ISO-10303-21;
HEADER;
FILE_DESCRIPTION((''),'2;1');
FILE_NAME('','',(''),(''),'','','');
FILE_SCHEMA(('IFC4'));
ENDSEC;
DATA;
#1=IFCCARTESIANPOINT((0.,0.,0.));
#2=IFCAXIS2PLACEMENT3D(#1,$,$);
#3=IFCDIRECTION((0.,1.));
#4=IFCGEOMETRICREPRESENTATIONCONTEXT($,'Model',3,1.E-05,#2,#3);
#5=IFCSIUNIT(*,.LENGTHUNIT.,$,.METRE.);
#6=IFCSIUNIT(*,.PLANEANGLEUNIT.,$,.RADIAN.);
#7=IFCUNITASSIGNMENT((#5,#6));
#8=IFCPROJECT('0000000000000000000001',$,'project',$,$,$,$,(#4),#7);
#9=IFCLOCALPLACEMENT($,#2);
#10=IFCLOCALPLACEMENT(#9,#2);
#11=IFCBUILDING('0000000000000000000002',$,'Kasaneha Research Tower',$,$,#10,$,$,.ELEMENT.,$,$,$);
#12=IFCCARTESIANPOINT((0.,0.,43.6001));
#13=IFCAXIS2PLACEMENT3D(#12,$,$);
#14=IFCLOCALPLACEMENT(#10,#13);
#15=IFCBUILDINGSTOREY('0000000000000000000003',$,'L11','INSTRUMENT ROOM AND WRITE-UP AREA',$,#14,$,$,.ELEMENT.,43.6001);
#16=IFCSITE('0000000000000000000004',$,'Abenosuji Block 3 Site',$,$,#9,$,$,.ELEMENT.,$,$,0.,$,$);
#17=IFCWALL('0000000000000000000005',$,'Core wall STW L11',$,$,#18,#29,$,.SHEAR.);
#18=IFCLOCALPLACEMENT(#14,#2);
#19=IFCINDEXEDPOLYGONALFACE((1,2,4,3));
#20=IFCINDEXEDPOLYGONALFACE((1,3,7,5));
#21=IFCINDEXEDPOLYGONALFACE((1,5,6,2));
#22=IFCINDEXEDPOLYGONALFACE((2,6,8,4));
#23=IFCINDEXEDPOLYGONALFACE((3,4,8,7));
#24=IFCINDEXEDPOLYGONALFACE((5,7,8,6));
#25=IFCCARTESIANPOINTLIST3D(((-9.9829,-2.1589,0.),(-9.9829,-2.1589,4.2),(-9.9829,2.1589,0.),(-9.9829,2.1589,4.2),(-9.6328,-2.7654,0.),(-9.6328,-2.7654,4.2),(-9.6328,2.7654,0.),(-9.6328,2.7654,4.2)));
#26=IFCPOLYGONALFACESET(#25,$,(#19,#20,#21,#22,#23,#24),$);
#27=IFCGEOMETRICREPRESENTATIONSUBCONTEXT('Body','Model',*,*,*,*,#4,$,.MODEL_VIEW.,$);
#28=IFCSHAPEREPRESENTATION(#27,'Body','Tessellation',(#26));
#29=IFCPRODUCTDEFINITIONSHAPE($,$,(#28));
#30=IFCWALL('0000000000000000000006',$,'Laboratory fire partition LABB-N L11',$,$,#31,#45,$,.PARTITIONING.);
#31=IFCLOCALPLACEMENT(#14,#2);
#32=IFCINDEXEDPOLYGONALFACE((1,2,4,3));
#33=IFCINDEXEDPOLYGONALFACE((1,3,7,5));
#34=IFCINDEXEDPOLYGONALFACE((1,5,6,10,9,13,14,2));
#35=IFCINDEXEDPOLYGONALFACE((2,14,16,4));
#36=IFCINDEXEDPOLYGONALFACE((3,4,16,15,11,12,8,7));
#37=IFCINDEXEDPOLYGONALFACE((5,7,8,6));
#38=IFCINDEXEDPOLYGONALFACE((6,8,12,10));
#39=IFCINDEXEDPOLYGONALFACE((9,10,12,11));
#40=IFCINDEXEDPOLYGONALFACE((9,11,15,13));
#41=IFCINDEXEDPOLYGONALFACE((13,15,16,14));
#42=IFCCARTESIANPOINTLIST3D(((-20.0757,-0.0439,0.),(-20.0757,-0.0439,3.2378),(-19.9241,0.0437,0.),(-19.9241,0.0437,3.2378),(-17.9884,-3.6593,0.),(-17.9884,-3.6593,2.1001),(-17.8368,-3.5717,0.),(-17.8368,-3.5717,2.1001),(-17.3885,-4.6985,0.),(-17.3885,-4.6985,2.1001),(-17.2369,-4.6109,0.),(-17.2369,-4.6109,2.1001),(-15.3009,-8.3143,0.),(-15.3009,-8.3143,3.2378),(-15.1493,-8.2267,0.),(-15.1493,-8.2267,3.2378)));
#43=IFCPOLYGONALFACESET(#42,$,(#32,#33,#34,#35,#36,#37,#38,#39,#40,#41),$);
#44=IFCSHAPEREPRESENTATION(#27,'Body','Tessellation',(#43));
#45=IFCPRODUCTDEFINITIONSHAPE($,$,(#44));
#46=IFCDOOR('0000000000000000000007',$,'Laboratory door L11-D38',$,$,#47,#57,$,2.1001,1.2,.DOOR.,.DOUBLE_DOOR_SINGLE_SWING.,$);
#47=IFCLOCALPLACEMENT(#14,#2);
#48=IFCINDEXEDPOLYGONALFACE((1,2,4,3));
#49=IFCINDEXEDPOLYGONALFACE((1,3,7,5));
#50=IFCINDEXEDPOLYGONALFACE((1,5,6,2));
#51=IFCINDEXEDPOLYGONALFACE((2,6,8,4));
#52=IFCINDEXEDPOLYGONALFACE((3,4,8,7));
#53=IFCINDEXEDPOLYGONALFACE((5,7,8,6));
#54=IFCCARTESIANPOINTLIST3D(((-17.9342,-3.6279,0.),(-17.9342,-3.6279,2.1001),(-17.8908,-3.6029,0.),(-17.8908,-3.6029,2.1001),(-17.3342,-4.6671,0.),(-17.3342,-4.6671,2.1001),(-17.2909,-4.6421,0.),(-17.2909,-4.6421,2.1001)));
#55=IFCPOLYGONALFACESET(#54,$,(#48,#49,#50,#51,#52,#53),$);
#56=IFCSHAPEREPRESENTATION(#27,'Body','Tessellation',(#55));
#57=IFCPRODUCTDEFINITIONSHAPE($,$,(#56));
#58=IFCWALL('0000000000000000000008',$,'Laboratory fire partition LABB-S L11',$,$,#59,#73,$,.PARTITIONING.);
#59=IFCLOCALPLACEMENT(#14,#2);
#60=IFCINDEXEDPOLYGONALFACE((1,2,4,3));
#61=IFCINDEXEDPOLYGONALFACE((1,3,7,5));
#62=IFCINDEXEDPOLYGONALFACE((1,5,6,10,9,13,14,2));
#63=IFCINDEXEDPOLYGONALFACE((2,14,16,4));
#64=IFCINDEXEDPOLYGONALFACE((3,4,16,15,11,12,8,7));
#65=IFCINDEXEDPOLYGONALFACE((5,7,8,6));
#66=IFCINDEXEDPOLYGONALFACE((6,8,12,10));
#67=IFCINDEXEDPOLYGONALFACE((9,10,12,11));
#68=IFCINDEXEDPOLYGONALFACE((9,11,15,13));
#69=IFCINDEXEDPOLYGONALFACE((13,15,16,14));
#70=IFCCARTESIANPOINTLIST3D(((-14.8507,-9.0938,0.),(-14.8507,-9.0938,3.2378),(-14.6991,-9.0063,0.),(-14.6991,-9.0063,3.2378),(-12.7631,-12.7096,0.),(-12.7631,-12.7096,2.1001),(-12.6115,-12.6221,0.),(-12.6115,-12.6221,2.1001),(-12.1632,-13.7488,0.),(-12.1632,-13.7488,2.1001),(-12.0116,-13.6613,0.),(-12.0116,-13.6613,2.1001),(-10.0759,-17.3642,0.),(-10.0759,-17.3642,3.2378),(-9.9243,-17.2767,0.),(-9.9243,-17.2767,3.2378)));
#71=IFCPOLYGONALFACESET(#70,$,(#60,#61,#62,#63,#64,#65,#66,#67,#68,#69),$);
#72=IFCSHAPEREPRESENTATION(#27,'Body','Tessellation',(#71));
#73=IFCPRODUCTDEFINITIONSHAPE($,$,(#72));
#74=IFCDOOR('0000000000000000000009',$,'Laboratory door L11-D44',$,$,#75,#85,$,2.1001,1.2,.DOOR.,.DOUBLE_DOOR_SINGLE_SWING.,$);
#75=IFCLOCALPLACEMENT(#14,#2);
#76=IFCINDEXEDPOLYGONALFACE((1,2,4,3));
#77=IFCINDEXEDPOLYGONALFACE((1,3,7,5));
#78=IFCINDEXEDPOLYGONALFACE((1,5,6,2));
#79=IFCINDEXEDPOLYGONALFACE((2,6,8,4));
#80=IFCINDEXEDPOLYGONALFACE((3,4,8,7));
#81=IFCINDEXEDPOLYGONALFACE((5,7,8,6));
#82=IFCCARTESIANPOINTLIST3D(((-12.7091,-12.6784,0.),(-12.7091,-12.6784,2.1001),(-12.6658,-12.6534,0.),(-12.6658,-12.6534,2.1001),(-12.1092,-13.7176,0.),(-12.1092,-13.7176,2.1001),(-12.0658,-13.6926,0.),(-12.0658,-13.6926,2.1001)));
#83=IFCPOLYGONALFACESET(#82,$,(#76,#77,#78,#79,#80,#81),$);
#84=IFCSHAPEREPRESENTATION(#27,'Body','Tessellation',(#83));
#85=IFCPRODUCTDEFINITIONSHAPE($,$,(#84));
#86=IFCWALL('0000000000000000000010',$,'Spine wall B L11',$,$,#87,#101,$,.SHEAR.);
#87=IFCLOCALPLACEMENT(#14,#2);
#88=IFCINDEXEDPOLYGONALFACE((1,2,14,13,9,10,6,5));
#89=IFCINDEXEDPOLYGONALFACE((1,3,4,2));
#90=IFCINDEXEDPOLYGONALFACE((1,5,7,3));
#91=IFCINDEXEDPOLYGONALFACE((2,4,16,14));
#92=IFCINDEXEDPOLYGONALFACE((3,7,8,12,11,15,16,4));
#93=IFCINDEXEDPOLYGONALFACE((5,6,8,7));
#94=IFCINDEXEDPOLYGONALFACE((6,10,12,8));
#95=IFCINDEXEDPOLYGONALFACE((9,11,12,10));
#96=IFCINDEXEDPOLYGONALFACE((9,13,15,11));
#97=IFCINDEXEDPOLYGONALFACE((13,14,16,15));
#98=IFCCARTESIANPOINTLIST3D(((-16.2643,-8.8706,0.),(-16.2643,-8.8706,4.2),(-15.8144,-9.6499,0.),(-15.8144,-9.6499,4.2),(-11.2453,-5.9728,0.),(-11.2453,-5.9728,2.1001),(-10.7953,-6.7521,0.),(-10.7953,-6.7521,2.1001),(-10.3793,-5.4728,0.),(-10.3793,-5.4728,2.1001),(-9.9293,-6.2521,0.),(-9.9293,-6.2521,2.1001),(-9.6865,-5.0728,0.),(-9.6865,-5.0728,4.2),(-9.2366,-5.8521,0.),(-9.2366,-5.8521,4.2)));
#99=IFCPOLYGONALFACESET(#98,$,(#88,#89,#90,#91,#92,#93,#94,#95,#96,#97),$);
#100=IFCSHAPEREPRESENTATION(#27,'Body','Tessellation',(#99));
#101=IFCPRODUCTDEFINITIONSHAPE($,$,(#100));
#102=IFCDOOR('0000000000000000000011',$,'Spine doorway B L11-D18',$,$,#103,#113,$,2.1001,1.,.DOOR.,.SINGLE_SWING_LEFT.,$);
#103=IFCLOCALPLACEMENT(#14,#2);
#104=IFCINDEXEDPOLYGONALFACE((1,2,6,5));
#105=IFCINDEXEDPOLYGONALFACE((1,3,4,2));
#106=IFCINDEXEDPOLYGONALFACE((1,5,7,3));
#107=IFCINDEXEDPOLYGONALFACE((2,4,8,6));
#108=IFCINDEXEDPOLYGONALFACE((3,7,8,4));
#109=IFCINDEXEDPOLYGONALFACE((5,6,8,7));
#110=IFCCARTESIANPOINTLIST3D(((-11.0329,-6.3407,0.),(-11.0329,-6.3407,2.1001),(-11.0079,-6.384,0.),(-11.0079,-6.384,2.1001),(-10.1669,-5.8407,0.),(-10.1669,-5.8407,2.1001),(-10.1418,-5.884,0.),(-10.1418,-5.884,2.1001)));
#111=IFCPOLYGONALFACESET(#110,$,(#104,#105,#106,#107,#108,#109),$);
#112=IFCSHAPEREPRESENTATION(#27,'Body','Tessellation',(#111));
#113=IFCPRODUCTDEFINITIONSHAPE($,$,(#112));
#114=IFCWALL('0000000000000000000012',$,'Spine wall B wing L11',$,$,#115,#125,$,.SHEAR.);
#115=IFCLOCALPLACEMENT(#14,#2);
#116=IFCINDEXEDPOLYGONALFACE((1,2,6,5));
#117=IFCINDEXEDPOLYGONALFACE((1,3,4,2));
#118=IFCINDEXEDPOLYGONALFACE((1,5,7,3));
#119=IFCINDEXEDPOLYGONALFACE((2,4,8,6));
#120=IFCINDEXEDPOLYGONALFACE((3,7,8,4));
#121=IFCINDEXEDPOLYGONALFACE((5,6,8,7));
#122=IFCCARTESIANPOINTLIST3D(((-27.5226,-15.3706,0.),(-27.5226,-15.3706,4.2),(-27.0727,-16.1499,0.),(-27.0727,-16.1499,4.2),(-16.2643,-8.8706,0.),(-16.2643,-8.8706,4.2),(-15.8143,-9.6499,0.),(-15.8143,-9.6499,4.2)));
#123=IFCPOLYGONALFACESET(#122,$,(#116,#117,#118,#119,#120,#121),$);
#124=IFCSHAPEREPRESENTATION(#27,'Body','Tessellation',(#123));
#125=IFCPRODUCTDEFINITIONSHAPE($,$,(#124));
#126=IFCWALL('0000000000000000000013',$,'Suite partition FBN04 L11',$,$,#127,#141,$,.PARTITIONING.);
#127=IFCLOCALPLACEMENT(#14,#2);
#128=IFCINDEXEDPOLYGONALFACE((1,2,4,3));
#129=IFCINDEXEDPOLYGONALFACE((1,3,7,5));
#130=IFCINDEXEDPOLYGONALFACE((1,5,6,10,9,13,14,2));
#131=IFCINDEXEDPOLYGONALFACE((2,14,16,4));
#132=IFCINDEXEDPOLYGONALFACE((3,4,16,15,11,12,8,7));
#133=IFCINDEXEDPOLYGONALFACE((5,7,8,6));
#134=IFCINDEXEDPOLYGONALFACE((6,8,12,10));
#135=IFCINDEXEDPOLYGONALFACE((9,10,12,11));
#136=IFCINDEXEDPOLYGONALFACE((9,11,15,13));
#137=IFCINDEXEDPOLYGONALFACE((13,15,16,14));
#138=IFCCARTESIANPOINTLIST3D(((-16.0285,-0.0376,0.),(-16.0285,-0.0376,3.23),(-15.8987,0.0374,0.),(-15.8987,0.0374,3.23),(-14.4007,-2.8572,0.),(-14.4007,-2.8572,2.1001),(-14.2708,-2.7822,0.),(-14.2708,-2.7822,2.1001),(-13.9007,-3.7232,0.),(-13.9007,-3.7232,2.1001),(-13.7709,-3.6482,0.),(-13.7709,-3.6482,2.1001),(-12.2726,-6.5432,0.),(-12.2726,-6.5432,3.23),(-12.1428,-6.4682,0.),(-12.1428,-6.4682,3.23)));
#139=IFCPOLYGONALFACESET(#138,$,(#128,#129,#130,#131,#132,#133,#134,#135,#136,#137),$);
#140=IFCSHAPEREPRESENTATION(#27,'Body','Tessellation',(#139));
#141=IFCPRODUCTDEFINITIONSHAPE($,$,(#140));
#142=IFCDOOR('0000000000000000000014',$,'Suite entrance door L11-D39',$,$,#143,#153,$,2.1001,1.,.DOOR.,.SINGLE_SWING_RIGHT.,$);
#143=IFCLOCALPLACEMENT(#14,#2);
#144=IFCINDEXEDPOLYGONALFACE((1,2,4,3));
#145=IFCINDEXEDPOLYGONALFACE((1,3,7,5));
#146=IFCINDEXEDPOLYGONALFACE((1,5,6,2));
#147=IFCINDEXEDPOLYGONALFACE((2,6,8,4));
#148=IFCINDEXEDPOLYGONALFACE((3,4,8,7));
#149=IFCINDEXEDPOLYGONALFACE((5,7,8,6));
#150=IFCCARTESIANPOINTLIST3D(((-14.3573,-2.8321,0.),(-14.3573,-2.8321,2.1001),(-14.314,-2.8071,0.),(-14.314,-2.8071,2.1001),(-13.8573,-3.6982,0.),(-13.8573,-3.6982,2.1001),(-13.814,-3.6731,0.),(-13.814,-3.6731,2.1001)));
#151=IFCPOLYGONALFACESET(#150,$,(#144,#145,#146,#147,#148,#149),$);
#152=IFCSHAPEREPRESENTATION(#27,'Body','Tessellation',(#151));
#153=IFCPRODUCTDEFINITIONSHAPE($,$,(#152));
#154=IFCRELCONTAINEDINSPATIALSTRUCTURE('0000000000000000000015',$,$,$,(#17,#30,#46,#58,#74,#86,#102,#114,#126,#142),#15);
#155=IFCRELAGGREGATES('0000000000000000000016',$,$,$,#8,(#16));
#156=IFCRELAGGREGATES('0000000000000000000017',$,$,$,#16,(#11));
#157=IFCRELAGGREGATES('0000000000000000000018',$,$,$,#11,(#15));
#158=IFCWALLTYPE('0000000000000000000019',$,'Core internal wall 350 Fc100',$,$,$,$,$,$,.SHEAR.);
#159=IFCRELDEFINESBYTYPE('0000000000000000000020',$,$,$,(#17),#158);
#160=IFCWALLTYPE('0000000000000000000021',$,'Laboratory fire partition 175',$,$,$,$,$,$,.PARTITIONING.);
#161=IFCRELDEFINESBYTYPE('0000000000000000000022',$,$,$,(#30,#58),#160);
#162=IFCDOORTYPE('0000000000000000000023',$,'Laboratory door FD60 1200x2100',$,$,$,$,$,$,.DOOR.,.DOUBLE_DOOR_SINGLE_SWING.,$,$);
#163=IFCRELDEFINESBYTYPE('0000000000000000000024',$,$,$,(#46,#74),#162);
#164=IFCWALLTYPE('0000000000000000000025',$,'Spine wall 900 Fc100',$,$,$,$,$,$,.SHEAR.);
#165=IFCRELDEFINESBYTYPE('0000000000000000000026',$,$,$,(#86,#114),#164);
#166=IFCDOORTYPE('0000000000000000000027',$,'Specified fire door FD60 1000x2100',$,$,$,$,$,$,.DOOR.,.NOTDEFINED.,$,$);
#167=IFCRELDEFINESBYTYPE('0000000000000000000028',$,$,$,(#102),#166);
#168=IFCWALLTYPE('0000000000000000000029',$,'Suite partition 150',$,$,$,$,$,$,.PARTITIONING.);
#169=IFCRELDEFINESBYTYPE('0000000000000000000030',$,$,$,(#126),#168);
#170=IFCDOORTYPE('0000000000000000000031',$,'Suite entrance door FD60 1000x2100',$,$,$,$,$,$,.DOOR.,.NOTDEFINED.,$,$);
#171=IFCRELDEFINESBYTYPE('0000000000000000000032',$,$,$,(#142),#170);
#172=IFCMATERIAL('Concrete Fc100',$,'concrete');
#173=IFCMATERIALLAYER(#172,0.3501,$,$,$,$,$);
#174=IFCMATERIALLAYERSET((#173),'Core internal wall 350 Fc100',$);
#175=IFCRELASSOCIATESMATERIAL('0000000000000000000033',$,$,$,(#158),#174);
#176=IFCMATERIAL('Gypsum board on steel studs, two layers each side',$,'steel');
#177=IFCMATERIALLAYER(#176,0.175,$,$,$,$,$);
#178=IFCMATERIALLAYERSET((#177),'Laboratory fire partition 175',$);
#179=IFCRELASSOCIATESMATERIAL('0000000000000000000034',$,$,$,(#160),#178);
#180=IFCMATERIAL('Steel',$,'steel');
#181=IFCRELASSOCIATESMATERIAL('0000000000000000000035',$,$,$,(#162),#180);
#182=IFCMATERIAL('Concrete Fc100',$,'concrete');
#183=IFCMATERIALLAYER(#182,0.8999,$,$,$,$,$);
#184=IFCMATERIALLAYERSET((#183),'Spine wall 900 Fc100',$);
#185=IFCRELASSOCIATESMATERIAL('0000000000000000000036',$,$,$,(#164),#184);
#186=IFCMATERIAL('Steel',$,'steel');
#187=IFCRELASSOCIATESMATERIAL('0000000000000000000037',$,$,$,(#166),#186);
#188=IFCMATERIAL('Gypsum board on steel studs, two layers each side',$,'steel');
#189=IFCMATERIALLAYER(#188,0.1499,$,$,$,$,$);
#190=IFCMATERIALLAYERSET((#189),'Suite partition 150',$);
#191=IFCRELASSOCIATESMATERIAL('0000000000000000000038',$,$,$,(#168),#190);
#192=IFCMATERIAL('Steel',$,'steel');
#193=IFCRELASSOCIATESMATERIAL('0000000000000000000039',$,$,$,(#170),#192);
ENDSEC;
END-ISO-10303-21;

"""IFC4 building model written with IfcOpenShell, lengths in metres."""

from ifc_helpers import new_model, si_unit, direction, frame, frame_2d, origin, place, context, subcontext, project, spatial, polyline, rectangle, outline, extrude, material, layer, layer_set, type_object, element, fill, save


model = new_model("IFC4")

# Units and contexts
model_context = context("Model", 3, precision=1e-05, world=origin(), true_north=direction((0.0, 1.0)))
body_context = subcontext(model_context, "Body", "Model", "MODEL_VIEW")
ifc_project = project(units=[si_unit("LENGTHUNIT", "METRE"), si_unit("PLANEANGLEUNIT", "RADIAN")], contexts=[model_context])

# Site, building, storey
site_placement = place(None, origin())
site = spatial("IfcSite", under=ifc_project, at=site_placement, Name="Abenosuji Block 3 Site", CompositionType="ELEMENT", RefElevation=0.0)
building_placement = place(site_placement, origin())
building = spatial("IfcBuilding", under=site, at=building_placement, Name="Kasaneha Research Tower", CompositionType="ELEMENT")
storey_placement = place(building_placement, frame((0.0, 0.0, 43.6001)))
storey = spatial("IfcBuildingStorey", under=building, at=storey_placement, Name="L11", Description="INSTRUMENT ROOM AND WRITE-UP AREA", CompositionType="ELEMENT", Elevation=43.6001)

# Shared definitions
ifc_material_1 = material(Name="Concrete Fc100", Category="concrete")
ifc_layer_1 = layer(ifc_material_1, 0.3501)
ifc_layer_set_1 = layer_set([ifc_layer_1], Name="Core internal wall 350 Fc100")
wall_type_1 = type_object("IfcWallType", Name="Core internal wall 350 Fc100", PredefinedType="SHEAR", material=ifc_layer_set_1)

# Wall
wall_1_placement = place(storey_placement, frame((-9.8079, -2.4622, 0.0), z_axis=(0.0, 0.0, 1.0), x_axis=(0.0, 1.0, 0.0)))
element("IfcWall", 1, at=wall_1_placement, inside=storey, type_object=wall_type_1, Name="Core wall STW L11", PredefinedType="SHEAR", context=body_context, shape_type="SweptSolid", body=[
    extrude(outline(polyline([(-0.3032, -0.175), (5.2275, -0.175), (4.6211, 0.175), (0.3032, 0.175), (-0.3032, -0.175)])), origin(), (0.0, 0.0, 1.0), 4.2),
])

# Walls, openings, doors
ifc_material_2 = material(Name="Gypsum board on steel studs, two layers each side", Category="steel")
ifc_layer_2 = layer(ifc_material_2, 0.175)
ifc_layer_set_2 = layer_set([ifc_layer_2], Name="Laboratory fire partition 175")
wall_type_2 = type_object("IfcWallType", Name="Laboratory fire partition 175", PredefinedType="PARTITIONING", material=ifc_layer_set_2)
wall_2_placement = place(storey_placement, frame((-15.2251, -8.2705, 0.0), z_axis=(0.0, 0.0, 1.0), x_axis=(-0.499994, 0.866029, 0.0)))
wall_2 = element("IfcWall", 2, at=wall_2_placement, inside=storey, type_object=wall_type_2, Name="Laboratory fire partition LABB-N L11", PredefinedType="PARTITIONING", context=body_context, shape_type="SweptSolid", body=[
    extrude(rectangle(XDim=9.5498, YDim=0.175, at=frame_2d((4.7749, 0.0))), origin(), (0.0, 0.0, 1.0), 3.2378),
])
opening_1_placement = place(wall_2_placement, frame((4.175, 0.0, 0.0)))
opening_1 = element("IfcOpeningElement", 3, at=opening_1_placement, cuts=wall_2, PredefinedType="OPENING", context=body_context, shape_type="SweptSolid", body=[
    extrude(rectangle(XDim=1.2, YDim=2.1001, at=frame_2d((0.6001, 1.05))), frame((0.0, 0.0977, 0.0), z_axis=(0.0, -1.0, 0.0), x_axis=(1.0, 0.0, 0.0)), (0.0, 0.0, 1.0), 0.1951),
])
ifc_material_3 = material(Name="Steel", Category="steel")
door_type_1 = type_object("IfcDoorType", Name="Laboratory door FD60 1200x2100", OperationType="DOUBLE_DOOR_SINGLE_SWING", PredefinedType="DOOR", material=ifc_material_3)
door_1_placement = place(opening_1_placement, origin())
door_1 = element("IfcDoor", 4, at=door_1_placement, inside=storey, type_object=door_type_1, Name="Laboratory door L11-D38", OperationType="DOUBLE_DOOR_SINGLE_SWING", OverallHeight=2.1001, OverallWidth=1.2, PredefinedType="DOOR", context=body_context, shape_type="SweptSolid", body=[
    extrude(rectangle(XDim=1.2, YDim=2.1001, at=frame_2d((0.6001, 1.05))), frame((0.0, 0.0249, 0.0), z_axis=(0.0, -1.0, 0.0), x_axis=(1.0, 0.0, 0.0)), (0.0, 0.0, 1.0), 0.05),
])
fill(opening_1, door_1)
wall_3_placement = place(storey_placement, frame((-14.7749, -9.05, 0.0), z_axis=(0.0, 0.0, 1.0), x_axis=(0.499994, -0.866029, 0.0)))
wall_3 = element("IfcWall", 5, at=wall_3_placement, inside=storey, type_object=wall_type_2, Name="Laboratory fire partition LABB-S L11", PredefinedType="PARTITIONING", context=body_context, shape_type="SweptSolid", body=[
    extrude(rectangle(XDim=9.5498, YDim=0.175, at=frame_2d((4.7749, 0.0))), origin(), (0.0, 0.0, 1.0), 3.2378),
])
opening_2_placement = place(wall_3_placement, frame((4.175, 0.0, 0.0)))
opening_2 = element("IfcOpeningElement", 6, at=opening_2_placement, cuts=wall_3, PredefinedType="OPENING", context=body_context, shape_type="SweptSolid", body=[
    extrude(rectangle(XDim=1.2, YDim=2.1001, at=frame_2d((0.6001, 1.05))), frame((0.0, 0.0977, 0.0), z_axis=(0.0, -1.0, 0.0), x_axis=(1.0, 0.0, 0.0)), (0.0, 0.0, 1.0), 0.1951),
])
door_2_placement = place(opening_2_placement, origin())
door_2 = element("IfcDoor", 7, at=door_2_placement, inside=storey, type_object=door_type_1, Name="Laboratory door L11-D44", OperationType="DOUBLE_DOOR_SINGLE_SWING", OverallHeight=2.1001, OverallWidth=1.2, PredefinedType="DOOR", context=body_context, shape_type="SweptSolid", body=[
    extrude(rectangle(XDim=1.2, YDim=2.1001, at=frame_2d((0.6001, 1.05))), frame((0.0, 0.0249, 0.0), z_axis=(0.0, -1.0, 0.0), x_axis=(1.0, 0.0, 0.0)), (0.0, 0.0, 1.0), 0.05),
])
fill(opening_2, door_2)
ifc_material_4 = material(Name="Concrete Fc100", Category="concrete")
ifc_layer_3 = layer(ifc_material_4, 0.8999)
ifc_layer_set_3 = layer_set([ifc_layer_3], Name="Spine wall 900 Fc100")
wall_type_3 = type_object("IfcWallType", Name="Spine wall 900 Fc100", PredefinedType="SHEAR", material=ifc_layer_set_3)
wall_4_placement = place(storey_placement, frame((-9.4614, -5.4624, 0.0), z_axis=(0.0, 0.0, 1.0), x_axis=(-0.866019, -0.500011, 0.0)))
wall_4 = element("IfcWall", 8, at=wall_4_placement, inside=storey, type_object=wall_type_3, Name="Spine wall B L11", PredefinedType="SHEAR", context=body_context, shape_type="SweptSolid", body=[
    extrude(rectangle(XDim=7.5955, YDim=0.8999, at=frame_2d((3.7979, 0.0))), origin(), (0.0, 0.0, 1.0), 4.2),
])
opening_3_placement = place(wall_4_placement, frame((0.8, 0.0, 0.0)))
opening_3 = element("IfcOpeningElement", 9, at=opening_3_placement, cuts=wall_4, PredefinedType="OPENING", context=body_context, shape_type="SweptSolid", body=[
    extrude(rectangle(XDim=1.0, YDim=2.1001, at=frame_2d((0.5, 1.05))), frame((0.0, 0.46, 0.0), z_axis=(0.0, -1.0, 0.0), x_axis=(1.0, 0.0, 0.0)), (0.0, 0.0, 1.0), 0.9199),
])
ifc_material_5 = material(Name="Steel", Category="steel")
door_type_2 = type_object("IfcDoorType", Name="Specified fire door FD60 1000x2100", OperationType="NOTDEFINED", PredefinedType="DOOR", material=ifc_material_5)
door_3_placement = place(opening_3_placement, origin())
door_3 = element("IfcDoor", 10, at=door_3_placement, inside=storey, type_object=door_type_2, Name="Spine doorway B L11-D18", OperationType="SINGLE_SWING_LEFT", OverallHeight=2.1001, OverallWidth=1.0, PredefinedType="DOOR", context=body_context, shape_type="SweptSolid", body=[
    extrude(rectangle(XDim=1.0, YDim=2.1001, at=frame_2d((0.5, 1.05))), frame((0.0, 0.0249, 0.0), z_axis=(0.0, -1.0, 0.0), x_axis=(1.0, 0.0, 0.0)), (0.0, 0.0, 1.0), 0.05),
])
fill(opening_3, door_3)

# Wall
wall_5_placement = place(storey_placement, frame((-16.0393, -9.2603, 0.0), z_axis=(0.0, 0.0, 1.0), x_axis=(-0.866025, -0.500001, 0.0)))
element("IfcWall", 11, at=wall_5_placement, inside=storey, type_object=wall_type_3, Name="Spine wall B wing L11", PredefinedType="SHEAR", context=body_context, shape_type="SweptSolid", body=[
    extrude(rectangle(XDim=13.0, YDim=0.8999, at=frame_2d((6.5, 0.0))), origin(), (0.0, 0.0, 1.0), 4.2),
])

# Wall, opening, door
ifc_material_6 = material(Name="Gypsum board on steel studs, two layers each side", Category="steel")
ifc_layer_4 = layer(ifc_material_6, 0.1499)
ifc_layer_set_4 = layer_set([ifc_layer_4], Name="Suite partition 150")
wall_type_4 = type_object("IfcWallType", Name="Suite partition 150", PredefinedType="PARTITIONING", material=ifc_layer_set_4)
wall_6_placement = place(storey_placement, frame((-12.2078, -6.5056, 0.0), z_axis=(0.0, 0.0, 1.0), x_axis=(-0.499984, 0.866035, 0.0)))
wall_6 = element("IfcWall", 12, at=wall_6_placement, inside=storey, type_object=wall_type_4, Name="Suite partition FBN04 L11", PredefinedType="PARTITIONING", context=body_context, shape_type="SweptSolid", body=[
    extrude(rectangle(XDim=7.512, YDim=0.1499, at=frame_2d((3.7559, 0.0))), origin(), (0.0, 0.0, 1.0), 3.23),
])
opening_4_placement = place(wall_6_placement, frame((3.2561, 0.0, 0.0)))
opening_4 = element("IfcOpeningElement", 13, at=opening_4_placement, cuts=wall_6, PredefinedType="OPENING", context=body_context, shape_type="SweptSolid", body=[
    extrude(rectangle(XDim=1.0, YDim=2.1001, at=frame_2d((0.5, 1.05))), frame((0.0, 0.085, 0.0), z_axis=(0.0, -1.0, 0.0), x_axis=(1.0, 0.0, 0.0)), (0.0, 0.0, 1.0), 0.1699),
])
ifc_material_7 = material(Name="Steel", Category="steel")
door_type_3 = type_object("IfcDoorType", Name="Suite entrance door FD60 1000x2100", OperationType="NOTDEFINED", PredefinedType="DOOR", material=ifc_material_7)
door_4_placement = place(opening_4_placement, origin())
door_4 = element("IfcDoor", 14, at=door_4_placement, inside=storey, type_object=door_type_3, Name="Suite entrance door L11-D39", OperationType="SINGLE_SWING_RIGHT", OverallHeight=2.1001, OverallWidth=1.0, PredefinedType="DOOR", context=body_context, shape_type="SweptSolid", body=[
    extrude(rectangle(XDim=1.0, YDim=2.1001, at=frame_2d((0.5, 1.05))), frame((0.0, 0.0249, 0.0), z_axis=(0.0, -1.0, 0.0), x_axis=(1.0, 0.0, 0.0)), (0.0, 0.0, 1.0), 0.05),
])
fill(opening_4, door_4)

save(model, "model.ifc")
